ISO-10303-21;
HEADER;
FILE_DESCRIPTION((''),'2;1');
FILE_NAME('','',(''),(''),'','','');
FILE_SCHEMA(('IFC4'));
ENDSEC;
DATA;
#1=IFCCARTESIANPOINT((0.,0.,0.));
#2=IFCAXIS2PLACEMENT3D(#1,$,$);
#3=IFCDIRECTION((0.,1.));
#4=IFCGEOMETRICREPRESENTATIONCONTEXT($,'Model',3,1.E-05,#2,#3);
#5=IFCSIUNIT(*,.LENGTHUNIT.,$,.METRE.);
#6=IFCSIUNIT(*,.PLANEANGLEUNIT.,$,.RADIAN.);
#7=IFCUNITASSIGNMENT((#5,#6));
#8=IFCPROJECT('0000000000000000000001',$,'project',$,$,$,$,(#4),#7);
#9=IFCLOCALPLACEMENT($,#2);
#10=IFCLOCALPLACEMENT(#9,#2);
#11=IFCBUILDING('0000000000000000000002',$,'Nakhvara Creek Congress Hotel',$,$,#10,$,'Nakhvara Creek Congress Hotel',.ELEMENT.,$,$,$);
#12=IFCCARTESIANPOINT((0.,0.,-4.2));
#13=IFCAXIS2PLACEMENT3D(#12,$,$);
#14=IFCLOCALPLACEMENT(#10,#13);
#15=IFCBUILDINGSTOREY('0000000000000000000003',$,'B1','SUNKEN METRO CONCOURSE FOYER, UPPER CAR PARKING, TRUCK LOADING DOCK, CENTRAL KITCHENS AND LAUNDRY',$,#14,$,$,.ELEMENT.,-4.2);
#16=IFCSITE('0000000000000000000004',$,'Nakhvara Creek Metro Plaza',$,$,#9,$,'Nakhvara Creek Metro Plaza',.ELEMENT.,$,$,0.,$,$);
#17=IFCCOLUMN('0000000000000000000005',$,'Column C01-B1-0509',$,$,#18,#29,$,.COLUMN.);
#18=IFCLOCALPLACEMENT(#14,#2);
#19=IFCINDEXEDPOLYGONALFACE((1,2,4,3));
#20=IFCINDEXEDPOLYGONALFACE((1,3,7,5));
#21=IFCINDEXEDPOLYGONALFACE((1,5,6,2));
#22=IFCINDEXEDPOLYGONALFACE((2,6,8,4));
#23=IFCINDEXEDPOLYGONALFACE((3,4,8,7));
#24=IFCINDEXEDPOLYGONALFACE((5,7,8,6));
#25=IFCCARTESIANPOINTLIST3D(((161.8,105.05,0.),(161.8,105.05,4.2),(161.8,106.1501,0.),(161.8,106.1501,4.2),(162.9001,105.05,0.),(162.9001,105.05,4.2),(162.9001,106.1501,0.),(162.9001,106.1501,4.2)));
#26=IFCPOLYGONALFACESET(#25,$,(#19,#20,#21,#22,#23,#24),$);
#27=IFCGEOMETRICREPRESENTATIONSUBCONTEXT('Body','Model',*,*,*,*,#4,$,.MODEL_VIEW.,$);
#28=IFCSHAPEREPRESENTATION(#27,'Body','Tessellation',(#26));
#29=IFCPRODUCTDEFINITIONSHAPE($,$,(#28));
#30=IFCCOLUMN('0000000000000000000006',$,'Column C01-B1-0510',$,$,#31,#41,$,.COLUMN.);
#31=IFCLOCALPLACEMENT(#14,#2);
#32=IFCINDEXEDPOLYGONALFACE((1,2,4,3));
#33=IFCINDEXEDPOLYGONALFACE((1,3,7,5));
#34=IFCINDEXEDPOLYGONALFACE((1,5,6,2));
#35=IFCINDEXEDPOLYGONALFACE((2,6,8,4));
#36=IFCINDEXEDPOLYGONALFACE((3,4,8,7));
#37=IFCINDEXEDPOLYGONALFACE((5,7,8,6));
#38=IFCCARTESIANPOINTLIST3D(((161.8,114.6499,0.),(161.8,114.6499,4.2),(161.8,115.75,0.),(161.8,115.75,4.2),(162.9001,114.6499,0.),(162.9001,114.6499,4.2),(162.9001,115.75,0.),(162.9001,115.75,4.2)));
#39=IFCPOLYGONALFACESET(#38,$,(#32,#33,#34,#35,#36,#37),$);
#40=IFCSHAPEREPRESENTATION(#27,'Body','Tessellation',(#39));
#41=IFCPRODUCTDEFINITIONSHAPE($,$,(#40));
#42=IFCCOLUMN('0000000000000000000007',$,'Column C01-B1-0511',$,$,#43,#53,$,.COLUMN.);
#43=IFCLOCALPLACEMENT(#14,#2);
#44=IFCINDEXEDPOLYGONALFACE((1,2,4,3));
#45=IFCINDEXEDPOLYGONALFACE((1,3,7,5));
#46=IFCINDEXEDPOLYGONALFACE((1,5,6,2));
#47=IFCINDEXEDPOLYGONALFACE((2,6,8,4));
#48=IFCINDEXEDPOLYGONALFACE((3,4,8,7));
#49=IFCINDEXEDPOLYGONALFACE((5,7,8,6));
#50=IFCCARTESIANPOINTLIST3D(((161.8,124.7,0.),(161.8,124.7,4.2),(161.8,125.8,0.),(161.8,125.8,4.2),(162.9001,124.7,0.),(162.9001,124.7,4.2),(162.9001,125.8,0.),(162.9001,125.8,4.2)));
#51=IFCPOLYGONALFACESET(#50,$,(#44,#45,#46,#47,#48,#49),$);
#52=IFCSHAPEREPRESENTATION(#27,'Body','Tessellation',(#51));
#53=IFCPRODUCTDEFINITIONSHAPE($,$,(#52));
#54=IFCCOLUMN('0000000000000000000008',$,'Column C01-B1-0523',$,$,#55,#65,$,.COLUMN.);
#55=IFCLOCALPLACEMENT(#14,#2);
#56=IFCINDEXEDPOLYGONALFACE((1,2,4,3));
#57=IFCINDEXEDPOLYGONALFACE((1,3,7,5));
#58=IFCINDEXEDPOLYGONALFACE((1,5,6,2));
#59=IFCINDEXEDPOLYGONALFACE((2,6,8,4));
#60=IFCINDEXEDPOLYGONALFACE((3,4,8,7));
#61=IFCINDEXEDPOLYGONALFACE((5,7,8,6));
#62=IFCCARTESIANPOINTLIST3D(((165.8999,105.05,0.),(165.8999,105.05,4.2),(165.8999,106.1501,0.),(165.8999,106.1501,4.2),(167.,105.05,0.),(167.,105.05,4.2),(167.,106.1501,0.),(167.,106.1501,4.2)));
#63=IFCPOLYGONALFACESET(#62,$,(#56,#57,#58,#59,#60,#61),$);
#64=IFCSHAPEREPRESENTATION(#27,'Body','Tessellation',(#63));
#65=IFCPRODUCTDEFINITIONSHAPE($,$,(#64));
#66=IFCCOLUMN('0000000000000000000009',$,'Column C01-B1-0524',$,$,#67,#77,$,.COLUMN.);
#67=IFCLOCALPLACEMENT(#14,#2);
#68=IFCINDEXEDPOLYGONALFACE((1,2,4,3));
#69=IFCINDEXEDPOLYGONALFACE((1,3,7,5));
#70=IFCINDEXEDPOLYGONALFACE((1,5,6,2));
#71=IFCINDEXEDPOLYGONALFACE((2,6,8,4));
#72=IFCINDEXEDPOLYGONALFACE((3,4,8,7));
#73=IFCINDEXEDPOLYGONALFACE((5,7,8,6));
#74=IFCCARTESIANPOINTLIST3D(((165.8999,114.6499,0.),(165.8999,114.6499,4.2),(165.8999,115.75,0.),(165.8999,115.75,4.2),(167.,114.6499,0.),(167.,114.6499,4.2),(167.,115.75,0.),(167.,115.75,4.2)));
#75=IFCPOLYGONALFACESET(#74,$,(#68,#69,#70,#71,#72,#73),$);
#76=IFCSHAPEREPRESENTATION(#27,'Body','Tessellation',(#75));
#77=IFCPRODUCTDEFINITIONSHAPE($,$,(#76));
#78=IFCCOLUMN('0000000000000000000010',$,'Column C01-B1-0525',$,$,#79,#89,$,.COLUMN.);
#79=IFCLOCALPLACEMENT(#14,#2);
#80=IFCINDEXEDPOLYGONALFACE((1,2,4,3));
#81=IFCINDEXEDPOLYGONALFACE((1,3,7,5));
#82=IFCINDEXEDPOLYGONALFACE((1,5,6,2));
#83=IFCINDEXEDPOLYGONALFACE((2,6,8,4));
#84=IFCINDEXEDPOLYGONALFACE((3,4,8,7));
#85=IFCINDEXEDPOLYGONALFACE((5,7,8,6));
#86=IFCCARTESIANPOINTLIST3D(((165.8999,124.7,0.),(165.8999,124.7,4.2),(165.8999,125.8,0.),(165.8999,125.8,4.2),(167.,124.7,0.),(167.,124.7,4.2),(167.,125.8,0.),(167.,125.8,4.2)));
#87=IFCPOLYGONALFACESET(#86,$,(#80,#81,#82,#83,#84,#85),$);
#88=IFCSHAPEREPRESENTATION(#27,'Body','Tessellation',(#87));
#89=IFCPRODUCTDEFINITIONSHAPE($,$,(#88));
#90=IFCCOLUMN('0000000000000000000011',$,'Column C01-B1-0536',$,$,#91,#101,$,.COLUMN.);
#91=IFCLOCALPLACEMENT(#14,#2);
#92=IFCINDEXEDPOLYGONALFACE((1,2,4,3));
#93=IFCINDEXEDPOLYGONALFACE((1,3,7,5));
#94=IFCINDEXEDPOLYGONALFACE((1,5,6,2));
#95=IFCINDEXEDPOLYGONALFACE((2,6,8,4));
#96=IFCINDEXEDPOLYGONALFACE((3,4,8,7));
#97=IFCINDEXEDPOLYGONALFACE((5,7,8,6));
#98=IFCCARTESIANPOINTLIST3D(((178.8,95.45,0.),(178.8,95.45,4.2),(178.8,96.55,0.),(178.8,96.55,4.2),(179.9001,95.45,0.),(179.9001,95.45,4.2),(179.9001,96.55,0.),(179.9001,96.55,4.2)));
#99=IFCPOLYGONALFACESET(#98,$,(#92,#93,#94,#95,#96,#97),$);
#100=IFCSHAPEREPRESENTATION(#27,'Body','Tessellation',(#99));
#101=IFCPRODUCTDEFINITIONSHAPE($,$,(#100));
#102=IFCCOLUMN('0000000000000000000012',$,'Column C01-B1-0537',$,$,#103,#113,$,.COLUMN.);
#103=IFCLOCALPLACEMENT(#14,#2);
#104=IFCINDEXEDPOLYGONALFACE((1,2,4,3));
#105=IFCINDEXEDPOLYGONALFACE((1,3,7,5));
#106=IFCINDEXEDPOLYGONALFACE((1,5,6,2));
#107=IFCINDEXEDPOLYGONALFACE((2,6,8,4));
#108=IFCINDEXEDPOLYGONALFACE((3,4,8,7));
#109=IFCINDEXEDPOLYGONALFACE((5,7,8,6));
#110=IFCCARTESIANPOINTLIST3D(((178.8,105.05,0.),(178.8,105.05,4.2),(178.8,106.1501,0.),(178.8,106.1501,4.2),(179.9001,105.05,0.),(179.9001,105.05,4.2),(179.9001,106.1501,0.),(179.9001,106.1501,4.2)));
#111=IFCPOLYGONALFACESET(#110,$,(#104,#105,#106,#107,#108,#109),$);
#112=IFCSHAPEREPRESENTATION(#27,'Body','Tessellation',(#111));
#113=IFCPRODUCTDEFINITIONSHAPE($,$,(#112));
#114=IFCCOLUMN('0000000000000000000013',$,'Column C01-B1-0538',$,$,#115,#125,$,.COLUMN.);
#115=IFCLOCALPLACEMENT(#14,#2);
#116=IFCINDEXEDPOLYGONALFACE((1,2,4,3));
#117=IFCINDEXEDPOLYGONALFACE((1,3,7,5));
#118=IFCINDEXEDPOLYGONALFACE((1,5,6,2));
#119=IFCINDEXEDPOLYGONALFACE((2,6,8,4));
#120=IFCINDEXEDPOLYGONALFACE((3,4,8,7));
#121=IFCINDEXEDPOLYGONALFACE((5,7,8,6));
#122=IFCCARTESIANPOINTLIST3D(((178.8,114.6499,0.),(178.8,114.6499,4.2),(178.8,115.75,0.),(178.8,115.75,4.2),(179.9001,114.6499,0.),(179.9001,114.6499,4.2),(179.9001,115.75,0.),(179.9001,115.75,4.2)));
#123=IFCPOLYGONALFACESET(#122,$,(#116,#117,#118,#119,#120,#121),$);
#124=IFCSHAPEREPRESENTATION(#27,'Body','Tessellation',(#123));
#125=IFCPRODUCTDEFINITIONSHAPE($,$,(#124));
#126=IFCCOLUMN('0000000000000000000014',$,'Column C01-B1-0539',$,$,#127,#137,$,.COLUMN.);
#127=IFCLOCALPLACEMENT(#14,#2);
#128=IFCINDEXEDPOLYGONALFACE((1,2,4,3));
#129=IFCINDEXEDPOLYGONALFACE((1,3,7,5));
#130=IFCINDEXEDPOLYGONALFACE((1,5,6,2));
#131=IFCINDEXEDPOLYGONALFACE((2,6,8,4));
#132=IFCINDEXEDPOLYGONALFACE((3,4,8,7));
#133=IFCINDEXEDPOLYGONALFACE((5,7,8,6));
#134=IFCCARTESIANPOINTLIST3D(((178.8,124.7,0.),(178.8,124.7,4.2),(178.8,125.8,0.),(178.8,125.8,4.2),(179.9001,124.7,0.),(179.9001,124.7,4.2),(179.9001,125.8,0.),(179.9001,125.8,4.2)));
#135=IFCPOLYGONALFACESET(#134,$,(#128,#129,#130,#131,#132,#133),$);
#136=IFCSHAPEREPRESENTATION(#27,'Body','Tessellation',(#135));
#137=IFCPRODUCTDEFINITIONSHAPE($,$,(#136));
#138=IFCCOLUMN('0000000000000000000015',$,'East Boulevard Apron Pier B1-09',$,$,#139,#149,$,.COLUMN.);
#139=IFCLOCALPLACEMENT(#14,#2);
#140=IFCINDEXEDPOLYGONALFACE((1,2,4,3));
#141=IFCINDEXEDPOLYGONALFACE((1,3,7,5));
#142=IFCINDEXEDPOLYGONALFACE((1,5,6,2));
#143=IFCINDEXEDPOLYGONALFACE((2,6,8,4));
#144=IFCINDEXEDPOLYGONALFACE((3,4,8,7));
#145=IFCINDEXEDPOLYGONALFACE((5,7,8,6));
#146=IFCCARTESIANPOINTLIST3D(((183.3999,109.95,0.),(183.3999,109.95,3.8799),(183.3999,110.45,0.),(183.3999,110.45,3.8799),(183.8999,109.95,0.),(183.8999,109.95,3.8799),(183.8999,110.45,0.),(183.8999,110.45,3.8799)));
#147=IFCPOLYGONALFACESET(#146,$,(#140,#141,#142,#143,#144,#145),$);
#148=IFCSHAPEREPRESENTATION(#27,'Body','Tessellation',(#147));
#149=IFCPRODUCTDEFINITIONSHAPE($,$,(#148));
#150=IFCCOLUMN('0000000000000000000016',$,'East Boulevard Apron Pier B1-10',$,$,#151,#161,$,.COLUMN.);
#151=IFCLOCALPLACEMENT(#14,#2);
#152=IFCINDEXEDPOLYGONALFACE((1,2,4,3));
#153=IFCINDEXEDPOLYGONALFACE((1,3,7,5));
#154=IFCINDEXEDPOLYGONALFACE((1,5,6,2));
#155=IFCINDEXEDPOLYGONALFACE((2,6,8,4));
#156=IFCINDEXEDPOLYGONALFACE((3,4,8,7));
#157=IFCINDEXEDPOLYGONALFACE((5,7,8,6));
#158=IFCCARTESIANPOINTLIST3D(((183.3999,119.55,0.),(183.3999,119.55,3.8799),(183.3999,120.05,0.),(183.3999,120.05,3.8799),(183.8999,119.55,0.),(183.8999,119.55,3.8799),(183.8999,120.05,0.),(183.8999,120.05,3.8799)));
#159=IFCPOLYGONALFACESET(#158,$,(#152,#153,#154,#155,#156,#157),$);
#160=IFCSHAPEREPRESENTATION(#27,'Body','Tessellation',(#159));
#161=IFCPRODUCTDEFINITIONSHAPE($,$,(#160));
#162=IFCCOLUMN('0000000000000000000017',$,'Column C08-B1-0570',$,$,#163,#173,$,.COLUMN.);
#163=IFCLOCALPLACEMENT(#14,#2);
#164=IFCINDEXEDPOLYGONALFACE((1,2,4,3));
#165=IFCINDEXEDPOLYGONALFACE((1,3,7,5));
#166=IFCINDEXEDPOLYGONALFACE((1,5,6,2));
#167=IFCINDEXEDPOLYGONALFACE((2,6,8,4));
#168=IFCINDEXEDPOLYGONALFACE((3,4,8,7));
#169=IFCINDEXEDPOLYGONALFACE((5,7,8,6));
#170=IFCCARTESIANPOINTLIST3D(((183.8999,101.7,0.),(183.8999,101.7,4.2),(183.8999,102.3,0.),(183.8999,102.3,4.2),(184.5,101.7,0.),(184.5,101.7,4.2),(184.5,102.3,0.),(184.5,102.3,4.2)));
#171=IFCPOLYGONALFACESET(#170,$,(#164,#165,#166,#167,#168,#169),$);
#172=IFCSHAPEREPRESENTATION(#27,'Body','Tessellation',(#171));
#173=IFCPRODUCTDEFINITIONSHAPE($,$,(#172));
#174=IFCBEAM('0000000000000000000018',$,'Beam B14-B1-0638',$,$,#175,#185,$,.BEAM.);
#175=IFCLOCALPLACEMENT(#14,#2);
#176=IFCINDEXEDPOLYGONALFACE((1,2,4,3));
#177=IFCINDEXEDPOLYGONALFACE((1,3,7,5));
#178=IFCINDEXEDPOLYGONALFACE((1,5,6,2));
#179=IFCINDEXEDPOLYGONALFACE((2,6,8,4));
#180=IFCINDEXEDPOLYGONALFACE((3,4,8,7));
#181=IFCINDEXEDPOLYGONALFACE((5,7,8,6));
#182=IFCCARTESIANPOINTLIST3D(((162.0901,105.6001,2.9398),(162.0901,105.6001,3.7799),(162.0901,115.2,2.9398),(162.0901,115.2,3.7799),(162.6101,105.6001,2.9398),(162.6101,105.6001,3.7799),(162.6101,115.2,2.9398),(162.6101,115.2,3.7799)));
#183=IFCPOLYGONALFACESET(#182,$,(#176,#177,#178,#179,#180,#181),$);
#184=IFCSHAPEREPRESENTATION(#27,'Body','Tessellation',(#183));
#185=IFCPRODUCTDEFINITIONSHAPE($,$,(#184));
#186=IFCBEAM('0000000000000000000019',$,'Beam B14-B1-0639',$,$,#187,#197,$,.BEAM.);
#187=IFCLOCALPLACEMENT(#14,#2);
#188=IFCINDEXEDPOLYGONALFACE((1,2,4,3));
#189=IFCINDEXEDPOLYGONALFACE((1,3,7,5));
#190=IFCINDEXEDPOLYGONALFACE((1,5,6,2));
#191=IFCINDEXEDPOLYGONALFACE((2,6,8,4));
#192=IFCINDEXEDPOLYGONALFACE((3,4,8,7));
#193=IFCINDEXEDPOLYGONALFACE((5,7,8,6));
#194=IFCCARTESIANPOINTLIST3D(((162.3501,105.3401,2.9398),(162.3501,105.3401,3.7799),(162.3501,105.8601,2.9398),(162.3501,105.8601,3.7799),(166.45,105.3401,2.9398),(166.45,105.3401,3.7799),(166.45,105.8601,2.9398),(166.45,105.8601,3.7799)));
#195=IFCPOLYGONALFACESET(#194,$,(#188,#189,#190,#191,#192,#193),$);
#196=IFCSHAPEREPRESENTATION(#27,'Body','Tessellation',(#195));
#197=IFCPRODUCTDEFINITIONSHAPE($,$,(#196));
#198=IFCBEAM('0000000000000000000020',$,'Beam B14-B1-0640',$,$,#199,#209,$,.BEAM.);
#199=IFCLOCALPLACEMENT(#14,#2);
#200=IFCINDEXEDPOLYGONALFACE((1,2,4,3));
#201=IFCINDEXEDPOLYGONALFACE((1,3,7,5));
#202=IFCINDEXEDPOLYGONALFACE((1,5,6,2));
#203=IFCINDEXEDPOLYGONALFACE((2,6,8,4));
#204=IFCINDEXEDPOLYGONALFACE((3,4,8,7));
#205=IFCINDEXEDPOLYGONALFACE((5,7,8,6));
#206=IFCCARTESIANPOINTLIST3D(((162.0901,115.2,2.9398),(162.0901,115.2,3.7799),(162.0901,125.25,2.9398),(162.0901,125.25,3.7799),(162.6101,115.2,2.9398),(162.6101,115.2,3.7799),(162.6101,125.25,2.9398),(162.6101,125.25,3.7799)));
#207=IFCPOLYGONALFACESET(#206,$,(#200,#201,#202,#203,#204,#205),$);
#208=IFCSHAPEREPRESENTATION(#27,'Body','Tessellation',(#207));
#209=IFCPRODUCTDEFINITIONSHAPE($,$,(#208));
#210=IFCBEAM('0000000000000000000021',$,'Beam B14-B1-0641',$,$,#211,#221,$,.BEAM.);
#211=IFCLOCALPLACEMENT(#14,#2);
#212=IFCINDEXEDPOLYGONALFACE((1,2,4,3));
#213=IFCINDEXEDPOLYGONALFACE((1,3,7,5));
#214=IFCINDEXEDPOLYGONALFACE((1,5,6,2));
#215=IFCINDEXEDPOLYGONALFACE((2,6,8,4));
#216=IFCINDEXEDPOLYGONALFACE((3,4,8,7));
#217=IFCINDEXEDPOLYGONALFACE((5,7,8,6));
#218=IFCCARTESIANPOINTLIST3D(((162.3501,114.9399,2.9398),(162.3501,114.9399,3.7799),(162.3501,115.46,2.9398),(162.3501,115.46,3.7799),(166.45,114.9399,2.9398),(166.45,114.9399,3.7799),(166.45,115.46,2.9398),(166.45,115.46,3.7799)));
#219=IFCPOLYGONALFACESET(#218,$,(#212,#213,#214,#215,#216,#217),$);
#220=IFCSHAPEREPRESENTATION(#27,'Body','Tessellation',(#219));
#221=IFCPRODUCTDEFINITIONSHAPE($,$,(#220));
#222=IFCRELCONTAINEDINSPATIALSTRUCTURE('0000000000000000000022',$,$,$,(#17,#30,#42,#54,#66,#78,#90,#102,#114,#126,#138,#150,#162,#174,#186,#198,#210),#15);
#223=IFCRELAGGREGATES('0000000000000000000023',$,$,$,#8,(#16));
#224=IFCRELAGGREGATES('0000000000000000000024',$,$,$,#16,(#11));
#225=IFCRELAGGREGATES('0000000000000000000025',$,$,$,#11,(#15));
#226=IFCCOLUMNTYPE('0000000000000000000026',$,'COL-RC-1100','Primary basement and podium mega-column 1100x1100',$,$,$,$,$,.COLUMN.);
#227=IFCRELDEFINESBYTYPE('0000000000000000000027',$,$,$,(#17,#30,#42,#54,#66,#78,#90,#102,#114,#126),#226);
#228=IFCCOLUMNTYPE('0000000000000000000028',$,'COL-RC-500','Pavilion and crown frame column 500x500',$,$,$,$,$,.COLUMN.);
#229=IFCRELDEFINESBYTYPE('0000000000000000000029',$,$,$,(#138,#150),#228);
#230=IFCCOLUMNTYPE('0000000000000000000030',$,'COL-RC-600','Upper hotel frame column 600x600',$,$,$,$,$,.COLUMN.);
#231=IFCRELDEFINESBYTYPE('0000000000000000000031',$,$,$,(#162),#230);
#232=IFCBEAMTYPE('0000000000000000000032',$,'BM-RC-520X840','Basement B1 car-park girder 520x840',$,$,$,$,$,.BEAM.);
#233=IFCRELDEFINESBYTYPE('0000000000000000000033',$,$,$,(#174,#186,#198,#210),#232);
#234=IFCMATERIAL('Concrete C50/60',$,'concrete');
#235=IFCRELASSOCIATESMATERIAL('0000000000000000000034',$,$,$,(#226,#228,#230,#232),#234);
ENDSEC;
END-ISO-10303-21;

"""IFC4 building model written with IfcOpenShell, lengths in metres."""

from ifc_helpers import new_model, si_unit, direction, frame, origin, origin_2d, place, context, subcontext, project, spatial, rectangle, extrude, material, material_profile, profile_set, type_object, element, save


model = new_model("IFC4")

# Units and contexts
model_context = context("Model", 3, precision=1e-05, world=origin(), true_north=direction((0.0, 1.0)))
body_context = subcontext(model_context, "Body", "Model", "MODEL_VIEW")
ifc_project = project(units=[si_unit("LENGTHUNIT", "METRE"), si_unit("PLANEANGLEUNIT", "RADIAN")], contexts=[model_context])

# Site, building, storey
site_placement = place(None, origin())
site = spatial("IfcSite", under=ifc_project, at=site_placement, Name="Nakhvara Creek Metro Plaza", LongName="Nakhvara Creek Metro Plaza", CompositionType="ELEMENT", RefElevation=0.0)
building_placement = place(site_placement, origin())
building = spatial("IfcBuilding", under=site, at=building_placement, Name="Nakhvara Creek Congress Hotel", LongName="Nakhvara Creek Congress Hotel", CompositionType="ELEMENT")
storey_placement = place(building_placement, frame((0.0, 0.0, -4.2)))
storey = spatial("IfcBuildingStorey", under=building, at=storey_placement, Name="B1", Description="SUNKEN METRO CONCOURSE FOYER, UPPER CAR PARKING, TRUCK LOADING DOCK, CENTRAL KITCHENS AND LAUNDRY", CompositionType="ELEMENT", Elevation=-4.2)

# Columns
ifc_material_1 = material(Name="Concrete C50/60", Category="concrete")
ifc_material_profile_1 = material_profile(ifc_material_1, rectangle(XDim=1.1001, YDim=1.1001, at=origin_2d()), Name="RC-COL 1100x1100", Category="LoadBearing")
ifc_profile_set_1 = profile_set([ifc_material_profile_1], Name="Concrete C50/60")
column_type_1 = type_object("IfcColumnType", Name="COL-RC-1100", Description="Primary basement and podium mega-column 1100x1100", PredefinedType="COLUMN", material=ifc_profile_set_1)
for number, where, z_axis, x_axis, name in (
    (1, (162.3501, 105.6001, 0.0), (0.0, 0.0, 1.0), (1.0, 0.0, 0.0), "Column C01-B1-0509"),
    (2, (162.3501, 115.2, 0.0), (0.0, 0.0, 1.0), (1.0, 0.0, 0.0), "Column C01-B1-0510"),
    (3, (162.3501, 125.25, 0.0), (0.0, 0.0, 1.0), (1.0, 0.0, 0.0), "Column C01-B1-0511"),
    (4, (166.45, 105.6001, 0.0), (0.0, 0.0, 1.0), (1.0, 0.0, 0.0), "Column C01-B1-0523"),
    (5, (166.45, 115.2, 0.0), (0.0, 0.0, 1.0), (1.0, 0.0, 0.0), "Column C01-B1-0524"),
    (6, (166.45, 125.25, 0.0), (0.0, 0.0, 1.0), (1.0, 0.0, 0.0), "Column C01-B1-0525"),
    (7, (179.3501, 96.0, 0.0), (0.0, 0.0, 1.0), (1.0, 0.0, 0.0), "Column C01-B1-0536"),
    (8, (179.3501, 105.6001, 0.0), (0.0, 0.0, 1.0), (1.0, 0.0, 0.0), "Column C01-B1-0537"),
    (9, (179.3501, 115.2, 0.0), (0.0, 0.0, 1.0), (1.0, 0.0, 0.0), "Column C01-B1-0538"),
    (10, (179.3501, 125.25, 0.0), (0.0, 0.0, 1.0), (1.0, 0.0, 0.0), "Column C01-B1-0539"),
):
    element("IfcColumn", number, at=place(storey_placement, frame(where, z_axis=z_axis, x_axis=x_axis)), inside=storey, type_object=column_type_1, Name=name, PredefinedType="COLUMN", context=body_context, shape_type="SweptSolid", body=[
        extrude(rectangle(XDim=1.1001, YDim=1.1001, at=origin_2d()), origin(), (0.0, 0.0, 1.0), 4.2),
    ])
ifc_material_profile_2 = material_profile(ifc_material_1, rectangle(XDim=0.5, YDim=0.5, at=origin_2d()), Name="RC-COL 500x500", Category="LoadBearing")
ifc_profile_set_2 = profile_set([ifc_material_profile_2], Name="Concrete C50/60")
column_type_2 = type_object("IfcColumnType", Name="COL-RC-500", Description="Pavilion and crown frame column 500x500", PredefinedType="COLUMN", material=ifc_profile_set_2)
for number, where, z_axis, x_axis, name in (
    (11, (183.6499, 110.2, 0.0), (0.0, 0.0, 1.0), (1.0, 0.0, 0.0), "East Boulevard Apron Pier B1-09"),
    (12, (183.6499, 119.8, 0.0), (0.0, 0.0, 1.0), (1.0, 0.0, 0.0), "East Boulevard Apron Pier B1-10"),
):
    element("IfcColumn", number, at=place(storey_placement, frame(where, z_axis=z_axis, x_axis=x_axis)), inside=storey, type_object=column_type_2, Name=name, PredefinedType="COLUMN", context=body_context, shape_type="SweptSolid", body=[
        extrude(rectangle(XDim=0.5, YDim=0.5, at=origin_2d()), origin(), (0.0, 0.0, 1.0), 3.8799),
    ])
ifc_material_profile_3 = material_profile(ifc_material_1, rectangle(XDim=0.6001, YDim=0.6001, at=origin_2d()), Name="RC-COL 600x600", Category="LoadBearing")
ifc_profile_set_3 = profile_set([ifc_material_profile_3], Name="Concrete C50/60")
column_type_3 = type_object("IfcColumnType", Name="COL-RC-600", Description="Upper hotel frame column 600x600", PredefinedType="COLUMN", material=ifc_profile_set_3)
column_placement = place(storey_placement, frame((184.2, 102.0, 0.0), z_axis=(0.0, 0.0, 1.0), x_axis=(1.0, 0.0, 0.0)))
element("IfcColumn", 13, at=column_placement, inside=storey, type_object=column_type_3, Name="Column C08-B1-0570", PredefinedType="COLUMN", context=body_context, shape_type="SweptSolid", body=[
    extrude(rectangle(XDim=0.6001, YDim=0.6001, at=origin_2d()), origin(), (0.0, 0.0, 1.0), 4.2),
])

# Beams
ifc_material_profile_4 = material_profile(ifc_material_1, rectangle(XDim=0.52, YDim=0.8401, at=origin_2d()), Name="RC-BM 520x840", Category="LoadBearing")
ifc_profile_set_4 = profile_set([ifc_material_profile_4], Name="Concrete C50/60")
beam_type_1 = type_object("IfcBeamType", Name="BM-RC-520X840", Description="Basement B1 car-park girder 520x840", PredefinedType="BEAM", material=ifc_profile_set_4)
beam_1_placement = place(storey_placement, frame((162.3501, 105.6001, 3.3599), z_axis=(0.0, 1.0, 0.0), x_axis=(-1.0, 0.0, 0.0)))
element("IfcBeam", 14, at=beam_1_placement, inside=storey, type_object=beam_type_1, Name="Beam B14-B1-0638", PredefinedType="BEAM", context=body_context, shape_type="SweptSolid", body=[
    extrude(rectangle(XDim=0.52, YDim=0.8401, at=origin_2d()), origin(), (0.0, 0.0, 1.0), 9.5999),
])
beam_2_placement = place(storey_placement, frame((162.3501, 105.6001, 3.3599), z_axis=(1.0, 0.0, 0.0), x_axis=(0.0, 1.0, 0.0)))
element("IfcBeam", 15, at=beam_2_placement, inside=storey, type_object=beam_type_1, Name="Beam B14-B1-0639", PredefinedType="BEAM", context=body_context, shape_type="SweptSolid", body=[
    extrude(rectangle(XDim=0.52, YDim=0.8401, at=origin_2d()), origin(), (0.0, 0.0, 1.0), 4.0999),
])
beam_3_placement = place(storey_placement, frame((162.3501, 115.2, 3.3599), z_axis=(0.0, 1.0, 0.0), x_axis=(-1.0, 0.0, 0.0)))
element("IfcBeam", 16, at=beam_3_placement, inside=storey, type_object=beam_type_1, Name="Beam B14-B1-0640", PredefinedType="BEAM", context=body_context, shape_type="SweptSolid", body=[
    extrude(rectangle(XDim=0.52, YDim=0.8401, at=origin_2d()), origin(), (0.0, 0.0, 1.0), 10.05),
])
beam_4_placement = place(storey_placement, frame((162.3501, 115.2, 3.3599), z_axis=(1.0, 0.0, 0.0), x_axis=(0.0, 1.0, 0.0)))
element("IfcBeam", 17, at=beam_4_placement, inside=storey, type_object=beam_type_1, Name="Beam B14-B1-0641", PredefinedType="BEAM", context=body_context, shape_type="SweptSolid", body=[
    extrude(rectangle(XDim=0.52, YDim=0.8401, at=origin_2d()), origin(), (0.0, 0.0, 1.0), 4.0999),
])

save(model, "model.ifc")
